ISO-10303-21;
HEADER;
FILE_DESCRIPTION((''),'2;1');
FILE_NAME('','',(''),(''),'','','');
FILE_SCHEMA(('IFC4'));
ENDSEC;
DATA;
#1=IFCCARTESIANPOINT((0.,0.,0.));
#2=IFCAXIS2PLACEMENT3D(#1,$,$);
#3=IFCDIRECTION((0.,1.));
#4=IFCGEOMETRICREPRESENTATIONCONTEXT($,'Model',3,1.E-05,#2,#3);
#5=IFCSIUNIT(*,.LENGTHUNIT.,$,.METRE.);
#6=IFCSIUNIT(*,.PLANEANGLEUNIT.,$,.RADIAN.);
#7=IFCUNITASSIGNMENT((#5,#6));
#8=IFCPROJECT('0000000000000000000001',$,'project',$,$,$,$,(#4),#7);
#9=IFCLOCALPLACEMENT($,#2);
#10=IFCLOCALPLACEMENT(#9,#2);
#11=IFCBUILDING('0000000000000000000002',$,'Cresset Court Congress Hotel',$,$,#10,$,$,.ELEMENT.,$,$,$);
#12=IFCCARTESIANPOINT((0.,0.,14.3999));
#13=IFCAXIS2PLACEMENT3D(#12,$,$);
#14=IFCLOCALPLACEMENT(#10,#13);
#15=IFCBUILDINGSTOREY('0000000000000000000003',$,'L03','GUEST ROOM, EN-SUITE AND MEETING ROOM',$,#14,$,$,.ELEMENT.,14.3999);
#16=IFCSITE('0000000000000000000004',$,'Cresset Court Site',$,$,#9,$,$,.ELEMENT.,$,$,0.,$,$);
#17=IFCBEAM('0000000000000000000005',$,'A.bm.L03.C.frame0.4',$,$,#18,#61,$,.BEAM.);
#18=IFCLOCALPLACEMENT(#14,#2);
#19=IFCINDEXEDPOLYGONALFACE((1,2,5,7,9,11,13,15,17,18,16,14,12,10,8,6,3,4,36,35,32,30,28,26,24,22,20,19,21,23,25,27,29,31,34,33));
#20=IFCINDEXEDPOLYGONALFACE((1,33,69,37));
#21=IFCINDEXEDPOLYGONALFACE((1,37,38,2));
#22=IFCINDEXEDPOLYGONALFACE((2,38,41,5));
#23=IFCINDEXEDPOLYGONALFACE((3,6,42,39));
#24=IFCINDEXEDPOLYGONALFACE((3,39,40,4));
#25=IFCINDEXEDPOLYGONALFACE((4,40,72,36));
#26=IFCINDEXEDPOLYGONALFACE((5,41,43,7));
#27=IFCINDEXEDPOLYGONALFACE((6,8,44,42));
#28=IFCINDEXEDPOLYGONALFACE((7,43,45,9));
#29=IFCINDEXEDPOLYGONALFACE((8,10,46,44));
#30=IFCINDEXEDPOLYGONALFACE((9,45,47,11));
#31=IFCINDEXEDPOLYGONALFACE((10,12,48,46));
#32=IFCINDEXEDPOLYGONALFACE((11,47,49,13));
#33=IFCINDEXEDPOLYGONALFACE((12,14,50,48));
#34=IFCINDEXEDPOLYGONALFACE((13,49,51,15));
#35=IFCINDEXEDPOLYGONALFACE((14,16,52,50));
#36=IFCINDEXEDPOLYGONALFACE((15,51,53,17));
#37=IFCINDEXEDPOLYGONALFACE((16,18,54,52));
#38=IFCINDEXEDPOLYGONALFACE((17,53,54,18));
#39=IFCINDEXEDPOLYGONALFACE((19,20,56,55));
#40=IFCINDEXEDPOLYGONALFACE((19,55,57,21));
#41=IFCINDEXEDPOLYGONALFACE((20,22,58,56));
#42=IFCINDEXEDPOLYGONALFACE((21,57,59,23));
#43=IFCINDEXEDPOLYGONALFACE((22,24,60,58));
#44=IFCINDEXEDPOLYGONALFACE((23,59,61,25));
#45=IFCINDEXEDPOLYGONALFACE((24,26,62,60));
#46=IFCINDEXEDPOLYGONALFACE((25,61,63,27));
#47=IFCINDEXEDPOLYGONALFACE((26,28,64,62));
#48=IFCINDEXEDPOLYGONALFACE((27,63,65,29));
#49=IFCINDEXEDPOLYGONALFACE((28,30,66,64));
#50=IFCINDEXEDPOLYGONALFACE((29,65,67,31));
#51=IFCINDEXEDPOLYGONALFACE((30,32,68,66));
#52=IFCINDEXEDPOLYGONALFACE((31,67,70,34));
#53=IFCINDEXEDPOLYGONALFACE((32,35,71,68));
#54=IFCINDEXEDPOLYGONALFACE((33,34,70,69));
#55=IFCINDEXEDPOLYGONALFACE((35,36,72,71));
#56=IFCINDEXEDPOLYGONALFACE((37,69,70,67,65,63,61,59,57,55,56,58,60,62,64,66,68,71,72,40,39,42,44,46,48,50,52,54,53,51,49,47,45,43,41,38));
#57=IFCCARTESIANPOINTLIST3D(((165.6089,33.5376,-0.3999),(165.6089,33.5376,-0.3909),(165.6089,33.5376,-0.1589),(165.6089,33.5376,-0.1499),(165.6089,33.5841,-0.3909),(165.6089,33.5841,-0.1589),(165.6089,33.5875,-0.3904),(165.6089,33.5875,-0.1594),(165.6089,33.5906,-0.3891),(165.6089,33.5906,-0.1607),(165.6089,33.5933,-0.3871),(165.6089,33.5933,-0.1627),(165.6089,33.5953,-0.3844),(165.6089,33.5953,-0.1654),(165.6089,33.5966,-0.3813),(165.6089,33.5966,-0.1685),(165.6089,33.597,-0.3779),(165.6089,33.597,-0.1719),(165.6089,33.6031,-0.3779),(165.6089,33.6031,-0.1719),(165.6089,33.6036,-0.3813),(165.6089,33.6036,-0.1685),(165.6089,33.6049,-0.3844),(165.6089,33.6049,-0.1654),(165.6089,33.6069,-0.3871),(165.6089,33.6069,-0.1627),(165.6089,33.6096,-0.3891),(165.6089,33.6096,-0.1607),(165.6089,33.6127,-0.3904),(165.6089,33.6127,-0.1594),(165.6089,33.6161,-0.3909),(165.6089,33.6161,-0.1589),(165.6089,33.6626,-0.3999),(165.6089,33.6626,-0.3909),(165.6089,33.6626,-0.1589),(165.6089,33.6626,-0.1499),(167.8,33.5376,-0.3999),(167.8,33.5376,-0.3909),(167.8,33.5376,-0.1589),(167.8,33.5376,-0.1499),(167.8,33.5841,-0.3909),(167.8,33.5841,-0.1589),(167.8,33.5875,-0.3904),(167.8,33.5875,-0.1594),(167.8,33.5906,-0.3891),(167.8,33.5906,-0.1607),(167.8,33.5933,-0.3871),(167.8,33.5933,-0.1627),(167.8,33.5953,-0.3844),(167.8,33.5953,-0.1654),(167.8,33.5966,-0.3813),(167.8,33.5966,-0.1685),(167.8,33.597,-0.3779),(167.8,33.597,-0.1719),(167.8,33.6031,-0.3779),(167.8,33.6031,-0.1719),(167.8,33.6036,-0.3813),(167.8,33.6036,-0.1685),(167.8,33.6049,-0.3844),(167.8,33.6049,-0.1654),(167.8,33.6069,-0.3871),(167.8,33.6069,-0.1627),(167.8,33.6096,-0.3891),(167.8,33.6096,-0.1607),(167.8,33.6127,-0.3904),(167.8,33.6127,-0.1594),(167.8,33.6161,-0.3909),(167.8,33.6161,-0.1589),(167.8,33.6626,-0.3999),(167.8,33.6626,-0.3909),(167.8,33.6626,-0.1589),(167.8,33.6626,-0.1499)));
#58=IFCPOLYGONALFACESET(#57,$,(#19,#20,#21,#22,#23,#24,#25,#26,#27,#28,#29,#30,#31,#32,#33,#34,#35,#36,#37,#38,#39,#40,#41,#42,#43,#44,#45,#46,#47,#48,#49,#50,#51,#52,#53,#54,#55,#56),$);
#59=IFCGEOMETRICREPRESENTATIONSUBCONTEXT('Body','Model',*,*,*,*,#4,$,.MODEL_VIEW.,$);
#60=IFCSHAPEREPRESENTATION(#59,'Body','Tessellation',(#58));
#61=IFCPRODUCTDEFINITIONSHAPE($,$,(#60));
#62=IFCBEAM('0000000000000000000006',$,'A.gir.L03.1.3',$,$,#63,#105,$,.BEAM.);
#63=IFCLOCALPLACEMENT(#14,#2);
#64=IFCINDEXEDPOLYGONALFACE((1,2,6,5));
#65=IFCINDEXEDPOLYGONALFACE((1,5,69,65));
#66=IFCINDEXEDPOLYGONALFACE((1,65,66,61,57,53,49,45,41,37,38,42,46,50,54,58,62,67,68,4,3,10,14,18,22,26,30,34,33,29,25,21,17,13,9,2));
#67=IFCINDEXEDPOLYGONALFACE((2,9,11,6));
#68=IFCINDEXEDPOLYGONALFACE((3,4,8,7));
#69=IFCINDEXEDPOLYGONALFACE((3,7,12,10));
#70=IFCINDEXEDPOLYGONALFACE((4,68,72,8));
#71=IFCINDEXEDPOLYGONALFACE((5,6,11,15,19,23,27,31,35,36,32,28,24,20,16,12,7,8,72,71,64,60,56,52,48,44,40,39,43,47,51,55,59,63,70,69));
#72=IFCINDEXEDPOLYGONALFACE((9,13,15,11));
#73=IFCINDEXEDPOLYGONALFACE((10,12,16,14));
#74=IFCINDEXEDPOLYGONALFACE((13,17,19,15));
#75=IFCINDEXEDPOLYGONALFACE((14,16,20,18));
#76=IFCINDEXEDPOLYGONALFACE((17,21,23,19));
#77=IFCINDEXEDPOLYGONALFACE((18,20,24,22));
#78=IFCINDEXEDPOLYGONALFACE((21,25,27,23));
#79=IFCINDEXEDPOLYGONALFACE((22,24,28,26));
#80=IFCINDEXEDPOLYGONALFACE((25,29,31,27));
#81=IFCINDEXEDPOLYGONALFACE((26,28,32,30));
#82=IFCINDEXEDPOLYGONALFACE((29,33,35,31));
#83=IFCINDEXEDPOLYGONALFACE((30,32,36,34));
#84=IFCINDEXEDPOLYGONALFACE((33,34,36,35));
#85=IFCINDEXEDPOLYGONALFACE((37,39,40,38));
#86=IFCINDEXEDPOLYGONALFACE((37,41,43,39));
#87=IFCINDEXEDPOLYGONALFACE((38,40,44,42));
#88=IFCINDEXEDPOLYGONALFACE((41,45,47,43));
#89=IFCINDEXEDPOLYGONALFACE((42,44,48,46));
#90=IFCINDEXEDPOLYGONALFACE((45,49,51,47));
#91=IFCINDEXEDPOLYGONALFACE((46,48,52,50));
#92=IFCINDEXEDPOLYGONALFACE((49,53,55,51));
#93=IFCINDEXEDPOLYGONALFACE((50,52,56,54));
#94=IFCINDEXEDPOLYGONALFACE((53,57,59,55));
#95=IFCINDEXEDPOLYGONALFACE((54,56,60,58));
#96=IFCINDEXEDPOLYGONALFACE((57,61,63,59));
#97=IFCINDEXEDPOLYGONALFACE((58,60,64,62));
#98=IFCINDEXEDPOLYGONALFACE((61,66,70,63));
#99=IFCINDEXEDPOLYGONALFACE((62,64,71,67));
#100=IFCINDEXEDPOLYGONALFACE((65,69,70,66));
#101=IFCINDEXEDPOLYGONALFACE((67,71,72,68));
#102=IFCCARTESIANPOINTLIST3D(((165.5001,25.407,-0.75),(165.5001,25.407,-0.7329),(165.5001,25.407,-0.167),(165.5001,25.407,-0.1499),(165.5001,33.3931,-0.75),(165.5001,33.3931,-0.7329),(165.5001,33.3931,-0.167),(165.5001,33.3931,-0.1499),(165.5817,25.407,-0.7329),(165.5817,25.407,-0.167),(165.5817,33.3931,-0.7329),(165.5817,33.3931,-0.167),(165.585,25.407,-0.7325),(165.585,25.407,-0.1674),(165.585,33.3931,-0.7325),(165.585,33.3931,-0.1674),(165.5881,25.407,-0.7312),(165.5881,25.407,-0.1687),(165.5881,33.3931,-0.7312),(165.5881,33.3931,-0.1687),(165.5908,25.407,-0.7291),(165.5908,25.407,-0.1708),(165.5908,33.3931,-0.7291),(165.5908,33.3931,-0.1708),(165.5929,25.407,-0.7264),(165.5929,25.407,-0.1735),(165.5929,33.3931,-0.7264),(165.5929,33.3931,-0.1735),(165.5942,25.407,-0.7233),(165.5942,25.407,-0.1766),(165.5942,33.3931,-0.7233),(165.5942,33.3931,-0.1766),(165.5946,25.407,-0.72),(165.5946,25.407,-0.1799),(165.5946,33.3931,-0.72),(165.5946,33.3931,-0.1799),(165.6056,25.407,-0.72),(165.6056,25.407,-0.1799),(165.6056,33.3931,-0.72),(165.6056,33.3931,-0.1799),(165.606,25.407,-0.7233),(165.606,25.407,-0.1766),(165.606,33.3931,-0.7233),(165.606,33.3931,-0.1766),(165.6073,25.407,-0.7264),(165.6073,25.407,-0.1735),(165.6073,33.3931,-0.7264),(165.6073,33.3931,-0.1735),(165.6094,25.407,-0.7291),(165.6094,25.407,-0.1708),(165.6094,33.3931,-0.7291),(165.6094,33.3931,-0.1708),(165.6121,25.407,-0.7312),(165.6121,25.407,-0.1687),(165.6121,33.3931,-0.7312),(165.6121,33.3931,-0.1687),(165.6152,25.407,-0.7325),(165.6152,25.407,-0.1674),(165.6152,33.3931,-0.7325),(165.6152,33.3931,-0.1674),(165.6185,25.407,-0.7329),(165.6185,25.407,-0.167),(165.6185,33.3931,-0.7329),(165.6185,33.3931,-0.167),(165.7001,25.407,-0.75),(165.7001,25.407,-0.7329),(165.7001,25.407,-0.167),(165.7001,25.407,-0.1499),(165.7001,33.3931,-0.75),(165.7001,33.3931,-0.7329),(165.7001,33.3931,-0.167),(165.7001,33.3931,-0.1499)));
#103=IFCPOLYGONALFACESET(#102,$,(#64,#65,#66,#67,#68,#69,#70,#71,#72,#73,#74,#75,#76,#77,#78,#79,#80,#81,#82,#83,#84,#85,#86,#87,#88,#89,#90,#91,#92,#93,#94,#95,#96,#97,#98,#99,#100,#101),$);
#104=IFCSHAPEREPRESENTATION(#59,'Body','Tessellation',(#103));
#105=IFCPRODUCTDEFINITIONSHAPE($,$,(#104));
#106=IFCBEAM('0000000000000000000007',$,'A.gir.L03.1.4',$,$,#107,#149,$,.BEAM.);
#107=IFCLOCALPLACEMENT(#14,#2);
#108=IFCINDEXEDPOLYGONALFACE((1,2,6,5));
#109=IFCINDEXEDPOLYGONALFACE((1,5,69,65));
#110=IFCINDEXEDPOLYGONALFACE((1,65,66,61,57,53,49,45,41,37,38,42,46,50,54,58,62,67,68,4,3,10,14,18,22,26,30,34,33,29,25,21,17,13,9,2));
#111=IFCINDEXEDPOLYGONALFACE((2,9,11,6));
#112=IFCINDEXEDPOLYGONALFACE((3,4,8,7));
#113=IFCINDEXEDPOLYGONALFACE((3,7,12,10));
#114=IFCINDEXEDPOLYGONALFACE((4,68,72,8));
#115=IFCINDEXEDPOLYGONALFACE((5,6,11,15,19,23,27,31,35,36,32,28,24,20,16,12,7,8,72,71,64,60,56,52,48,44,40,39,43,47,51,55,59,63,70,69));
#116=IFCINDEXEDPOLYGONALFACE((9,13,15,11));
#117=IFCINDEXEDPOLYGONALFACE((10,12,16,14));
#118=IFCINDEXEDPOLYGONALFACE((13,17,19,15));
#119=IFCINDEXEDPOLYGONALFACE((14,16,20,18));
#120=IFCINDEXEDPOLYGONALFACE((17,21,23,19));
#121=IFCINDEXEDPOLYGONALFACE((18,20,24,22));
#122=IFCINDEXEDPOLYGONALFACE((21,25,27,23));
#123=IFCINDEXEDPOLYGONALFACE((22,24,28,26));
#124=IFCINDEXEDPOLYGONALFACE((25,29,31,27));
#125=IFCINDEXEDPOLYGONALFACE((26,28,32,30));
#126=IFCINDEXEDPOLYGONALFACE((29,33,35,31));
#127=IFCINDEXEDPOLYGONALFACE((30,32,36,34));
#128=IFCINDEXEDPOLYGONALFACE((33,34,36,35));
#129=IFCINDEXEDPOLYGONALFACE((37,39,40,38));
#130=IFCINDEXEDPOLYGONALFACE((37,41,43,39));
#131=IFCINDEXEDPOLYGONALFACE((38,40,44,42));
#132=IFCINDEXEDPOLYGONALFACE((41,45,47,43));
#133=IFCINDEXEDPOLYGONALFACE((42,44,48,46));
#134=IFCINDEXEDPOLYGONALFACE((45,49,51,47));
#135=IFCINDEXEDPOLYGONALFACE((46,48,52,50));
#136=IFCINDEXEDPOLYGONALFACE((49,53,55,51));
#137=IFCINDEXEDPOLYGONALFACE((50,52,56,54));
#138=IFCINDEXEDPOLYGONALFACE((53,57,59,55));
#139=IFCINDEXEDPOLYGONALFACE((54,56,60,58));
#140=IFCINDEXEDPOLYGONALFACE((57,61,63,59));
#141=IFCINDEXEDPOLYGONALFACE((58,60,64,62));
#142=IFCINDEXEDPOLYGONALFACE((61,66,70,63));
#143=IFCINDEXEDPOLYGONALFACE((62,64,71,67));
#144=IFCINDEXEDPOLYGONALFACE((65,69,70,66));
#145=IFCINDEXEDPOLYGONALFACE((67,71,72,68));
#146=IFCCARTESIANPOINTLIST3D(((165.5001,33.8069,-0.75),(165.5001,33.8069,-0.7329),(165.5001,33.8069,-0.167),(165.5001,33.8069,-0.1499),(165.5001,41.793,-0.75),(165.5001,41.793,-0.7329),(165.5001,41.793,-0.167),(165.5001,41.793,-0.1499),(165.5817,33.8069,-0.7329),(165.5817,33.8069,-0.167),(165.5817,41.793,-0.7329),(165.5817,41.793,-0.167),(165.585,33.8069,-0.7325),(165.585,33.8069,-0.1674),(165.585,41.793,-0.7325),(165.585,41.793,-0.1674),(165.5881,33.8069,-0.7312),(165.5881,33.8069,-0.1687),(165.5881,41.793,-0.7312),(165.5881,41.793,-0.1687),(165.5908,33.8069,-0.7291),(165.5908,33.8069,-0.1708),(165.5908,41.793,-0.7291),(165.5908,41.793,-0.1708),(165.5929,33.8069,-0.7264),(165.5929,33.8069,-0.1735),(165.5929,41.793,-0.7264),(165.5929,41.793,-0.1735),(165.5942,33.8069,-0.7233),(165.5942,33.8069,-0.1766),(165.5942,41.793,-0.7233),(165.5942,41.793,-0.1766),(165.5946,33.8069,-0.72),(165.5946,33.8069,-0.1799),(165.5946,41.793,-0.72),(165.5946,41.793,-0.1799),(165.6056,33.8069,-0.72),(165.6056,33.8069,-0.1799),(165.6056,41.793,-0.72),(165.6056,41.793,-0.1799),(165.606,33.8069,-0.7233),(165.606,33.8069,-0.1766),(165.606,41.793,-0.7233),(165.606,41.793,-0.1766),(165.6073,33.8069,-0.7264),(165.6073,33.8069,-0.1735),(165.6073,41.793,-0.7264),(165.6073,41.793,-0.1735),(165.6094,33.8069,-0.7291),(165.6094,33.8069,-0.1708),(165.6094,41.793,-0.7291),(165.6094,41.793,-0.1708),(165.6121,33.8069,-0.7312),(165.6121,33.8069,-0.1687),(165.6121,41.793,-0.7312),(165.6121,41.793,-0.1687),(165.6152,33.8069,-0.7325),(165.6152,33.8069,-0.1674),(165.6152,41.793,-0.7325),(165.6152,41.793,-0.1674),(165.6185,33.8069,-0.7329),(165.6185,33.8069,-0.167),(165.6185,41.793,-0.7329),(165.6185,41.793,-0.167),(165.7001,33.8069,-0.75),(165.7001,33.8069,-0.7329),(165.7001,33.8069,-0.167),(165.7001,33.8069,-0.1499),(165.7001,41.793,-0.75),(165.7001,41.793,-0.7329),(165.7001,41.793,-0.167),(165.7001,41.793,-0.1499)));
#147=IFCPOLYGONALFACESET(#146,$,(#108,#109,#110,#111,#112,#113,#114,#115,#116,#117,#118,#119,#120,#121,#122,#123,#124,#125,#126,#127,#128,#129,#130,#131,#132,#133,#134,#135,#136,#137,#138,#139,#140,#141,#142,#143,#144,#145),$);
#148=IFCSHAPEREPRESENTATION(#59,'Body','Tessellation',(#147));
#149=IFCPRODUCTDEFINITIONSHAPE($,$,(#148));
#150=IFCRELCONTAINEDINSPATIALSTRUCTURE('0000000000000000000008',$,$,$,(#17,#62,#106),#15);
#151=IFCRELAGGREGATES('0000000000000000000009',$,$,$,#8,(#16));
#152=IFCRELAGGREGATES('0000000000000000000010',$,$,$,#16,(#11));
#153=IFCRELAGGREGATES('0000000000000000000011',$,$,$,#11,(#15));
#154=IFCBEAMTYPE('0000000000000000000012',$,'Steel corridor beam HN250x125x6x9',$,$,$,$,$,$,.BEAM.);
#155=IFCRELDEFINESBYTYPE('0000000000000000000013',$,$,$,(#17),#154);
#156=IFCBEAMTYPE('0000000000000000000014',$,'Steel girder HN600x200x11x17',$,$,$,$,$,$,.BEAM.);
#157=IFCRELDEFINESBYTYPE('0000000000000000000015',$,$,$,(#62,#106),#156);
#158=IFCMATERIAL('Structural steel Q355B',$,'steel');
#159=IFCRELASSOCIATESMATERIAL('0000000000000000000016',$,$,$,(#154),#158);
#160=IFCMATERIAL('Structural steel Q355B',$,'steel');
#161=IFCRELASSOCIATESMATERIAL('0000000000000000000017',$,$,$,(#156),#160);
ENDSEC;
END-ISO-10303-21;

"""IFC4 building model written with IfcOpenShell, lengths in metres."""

from ifc_helpers import new_model, si_unit, direction, frame, origin, origin_2d, place, context, subcontext, project, spatial, i_section, extrude, material, material_profile, profile_set, type_object, element, save


model = new_model("IFC4")

# Units and contexts
model_context = context("Model", 3, precision=1e-05, world=origin(), true_north=direction((0.0, 1.0)))
body_context = subcontext(model_context, "Body", "Model", "MODEL_VIEW")
ifc_project = project(units=[si_unit("LENGTHUNIT", "METRE"), si_unit("PLANEANGLEUNIT", "RADIAN")], contexts=[model_context])

# Site, building, storey
site_placement = place(None, origin())
site = spatial("IfcSite", under=ifc_project, at=site_placement, Name="Cresset Court Site", CompositionType="ELEMENT", RefElevation=0.0)
building_placement = place(site_placement, origin())
building = spatial("IfcBuilding", under=site, at=building_placement, Name="Cresset Court Congress Hotel", CompositionType="ELEMENT")
storey_placement = place(building_placement, frame((0.0, 0.0, 14.3999)))
storey = spatial("IfcBuildingStorey", under=building, at=storey_placement, Name="L03", Description="GUEST ROOM, EN-SUITE AND MEETING ROOM", CompositionType="ELEMENT", Elevation=14.3999)

# Beams
ifc_material_1 = material(Name="Structural steel Q355B", Category="steel")
ifc_material_profile_1 = material_profile(ifc_material_1, i_section(OverallWidth=0.125, OverallDepth=0.25, WebThickness=0.0061, FlangeThickness=0.009, FilletRadius=0.0129, at=origin_2d()), Name="HN250x125x6x9")
ifc_profile_set_1 = profile_set([ifc_material_profile_1], Name="Structural steel Q355B")
beam_type_1 = type_object("IfcBeamType", Name="Steel corridor beam HN250x125x6x9", PredefinedType="BEAM", material=ifc_profile_set_1)
beam_1_placement = place(storey_placement, frame((165.6089, 33.6001, -0.2749), z_axis=(1.0, 0.0, 0.0), x_axis=(0.0, 1.0, 0.0)))
element("IfcBeam", 1, at=beam_1_placement, inside=storey, type_object=beam_type_1, Name="A.bm.L03.C.frame0.4", PredefinedType="BEAM", context=body_context, shape_type="SweptSolid", body=[
    extrude(i_section(OverallWidth=0.125, OverallDepth=0.25, WebThickness=0.0061, FlangeThickness=0.009, FilletRadius=0.0129, at=origin_2d()), origin(), (0.0, 0.0, 1.0), 2.1912),
])
ifc_material_2 = material(Name="Structural steel Q355B", Category="steel")
ifc_material_profile_2 = material_profile(ifc_material_2, i_section(OverallWidth=0.2, OverallDepth=0.6001, WebThickness=0.011, FlangeThickness=0.0171, FilletRadius=0.0129, at=origin_2d()), Name="HN600x200x11x17")
ifc_profile_set_2 = profile_set([ifc_material_profile_2], Name="Structural steel Q355B")
beam_type_2 = type_object("IfcBeamType", Name="Steel girder HN600x200x11x17", PredefinedType="BEAM", material=ifc_profile_set_2)
for number, where, z_axis, x_axis, name in (
    (2, (165.6001, 25.407, -0.45), (0.0, 1.0, 0.0), (-1.0, 0.0, 0.0), "A.gir.L03.1.3"),
    (3, (165.6001, 33.8069, -0.45), (0.0, 1.0, 0.0), (-1.0, 0.0, 0.0), "A.gir.L03.1.4"),
):
    element("IfcBeam", number, at=place(storey_placement, frame(where, z_axis=z_axis, x_axis=x_axis)), inside=storey, type_object=beam_type_2, Name=name, PredefinedType="BEAM", context=body_context, shape_type="SweptSolid", body=[
        extrude(i_section(OverallWidth=0.2, OverallDepth=0.6001, WebThickness=0.011, FlangeThickness=0.0171, FilletRadius=0.0129, at=origin_2d()), origin(), (0.0, 0.0, 1.0), 7.9861),
    ])

save(model, "model.ifc")
